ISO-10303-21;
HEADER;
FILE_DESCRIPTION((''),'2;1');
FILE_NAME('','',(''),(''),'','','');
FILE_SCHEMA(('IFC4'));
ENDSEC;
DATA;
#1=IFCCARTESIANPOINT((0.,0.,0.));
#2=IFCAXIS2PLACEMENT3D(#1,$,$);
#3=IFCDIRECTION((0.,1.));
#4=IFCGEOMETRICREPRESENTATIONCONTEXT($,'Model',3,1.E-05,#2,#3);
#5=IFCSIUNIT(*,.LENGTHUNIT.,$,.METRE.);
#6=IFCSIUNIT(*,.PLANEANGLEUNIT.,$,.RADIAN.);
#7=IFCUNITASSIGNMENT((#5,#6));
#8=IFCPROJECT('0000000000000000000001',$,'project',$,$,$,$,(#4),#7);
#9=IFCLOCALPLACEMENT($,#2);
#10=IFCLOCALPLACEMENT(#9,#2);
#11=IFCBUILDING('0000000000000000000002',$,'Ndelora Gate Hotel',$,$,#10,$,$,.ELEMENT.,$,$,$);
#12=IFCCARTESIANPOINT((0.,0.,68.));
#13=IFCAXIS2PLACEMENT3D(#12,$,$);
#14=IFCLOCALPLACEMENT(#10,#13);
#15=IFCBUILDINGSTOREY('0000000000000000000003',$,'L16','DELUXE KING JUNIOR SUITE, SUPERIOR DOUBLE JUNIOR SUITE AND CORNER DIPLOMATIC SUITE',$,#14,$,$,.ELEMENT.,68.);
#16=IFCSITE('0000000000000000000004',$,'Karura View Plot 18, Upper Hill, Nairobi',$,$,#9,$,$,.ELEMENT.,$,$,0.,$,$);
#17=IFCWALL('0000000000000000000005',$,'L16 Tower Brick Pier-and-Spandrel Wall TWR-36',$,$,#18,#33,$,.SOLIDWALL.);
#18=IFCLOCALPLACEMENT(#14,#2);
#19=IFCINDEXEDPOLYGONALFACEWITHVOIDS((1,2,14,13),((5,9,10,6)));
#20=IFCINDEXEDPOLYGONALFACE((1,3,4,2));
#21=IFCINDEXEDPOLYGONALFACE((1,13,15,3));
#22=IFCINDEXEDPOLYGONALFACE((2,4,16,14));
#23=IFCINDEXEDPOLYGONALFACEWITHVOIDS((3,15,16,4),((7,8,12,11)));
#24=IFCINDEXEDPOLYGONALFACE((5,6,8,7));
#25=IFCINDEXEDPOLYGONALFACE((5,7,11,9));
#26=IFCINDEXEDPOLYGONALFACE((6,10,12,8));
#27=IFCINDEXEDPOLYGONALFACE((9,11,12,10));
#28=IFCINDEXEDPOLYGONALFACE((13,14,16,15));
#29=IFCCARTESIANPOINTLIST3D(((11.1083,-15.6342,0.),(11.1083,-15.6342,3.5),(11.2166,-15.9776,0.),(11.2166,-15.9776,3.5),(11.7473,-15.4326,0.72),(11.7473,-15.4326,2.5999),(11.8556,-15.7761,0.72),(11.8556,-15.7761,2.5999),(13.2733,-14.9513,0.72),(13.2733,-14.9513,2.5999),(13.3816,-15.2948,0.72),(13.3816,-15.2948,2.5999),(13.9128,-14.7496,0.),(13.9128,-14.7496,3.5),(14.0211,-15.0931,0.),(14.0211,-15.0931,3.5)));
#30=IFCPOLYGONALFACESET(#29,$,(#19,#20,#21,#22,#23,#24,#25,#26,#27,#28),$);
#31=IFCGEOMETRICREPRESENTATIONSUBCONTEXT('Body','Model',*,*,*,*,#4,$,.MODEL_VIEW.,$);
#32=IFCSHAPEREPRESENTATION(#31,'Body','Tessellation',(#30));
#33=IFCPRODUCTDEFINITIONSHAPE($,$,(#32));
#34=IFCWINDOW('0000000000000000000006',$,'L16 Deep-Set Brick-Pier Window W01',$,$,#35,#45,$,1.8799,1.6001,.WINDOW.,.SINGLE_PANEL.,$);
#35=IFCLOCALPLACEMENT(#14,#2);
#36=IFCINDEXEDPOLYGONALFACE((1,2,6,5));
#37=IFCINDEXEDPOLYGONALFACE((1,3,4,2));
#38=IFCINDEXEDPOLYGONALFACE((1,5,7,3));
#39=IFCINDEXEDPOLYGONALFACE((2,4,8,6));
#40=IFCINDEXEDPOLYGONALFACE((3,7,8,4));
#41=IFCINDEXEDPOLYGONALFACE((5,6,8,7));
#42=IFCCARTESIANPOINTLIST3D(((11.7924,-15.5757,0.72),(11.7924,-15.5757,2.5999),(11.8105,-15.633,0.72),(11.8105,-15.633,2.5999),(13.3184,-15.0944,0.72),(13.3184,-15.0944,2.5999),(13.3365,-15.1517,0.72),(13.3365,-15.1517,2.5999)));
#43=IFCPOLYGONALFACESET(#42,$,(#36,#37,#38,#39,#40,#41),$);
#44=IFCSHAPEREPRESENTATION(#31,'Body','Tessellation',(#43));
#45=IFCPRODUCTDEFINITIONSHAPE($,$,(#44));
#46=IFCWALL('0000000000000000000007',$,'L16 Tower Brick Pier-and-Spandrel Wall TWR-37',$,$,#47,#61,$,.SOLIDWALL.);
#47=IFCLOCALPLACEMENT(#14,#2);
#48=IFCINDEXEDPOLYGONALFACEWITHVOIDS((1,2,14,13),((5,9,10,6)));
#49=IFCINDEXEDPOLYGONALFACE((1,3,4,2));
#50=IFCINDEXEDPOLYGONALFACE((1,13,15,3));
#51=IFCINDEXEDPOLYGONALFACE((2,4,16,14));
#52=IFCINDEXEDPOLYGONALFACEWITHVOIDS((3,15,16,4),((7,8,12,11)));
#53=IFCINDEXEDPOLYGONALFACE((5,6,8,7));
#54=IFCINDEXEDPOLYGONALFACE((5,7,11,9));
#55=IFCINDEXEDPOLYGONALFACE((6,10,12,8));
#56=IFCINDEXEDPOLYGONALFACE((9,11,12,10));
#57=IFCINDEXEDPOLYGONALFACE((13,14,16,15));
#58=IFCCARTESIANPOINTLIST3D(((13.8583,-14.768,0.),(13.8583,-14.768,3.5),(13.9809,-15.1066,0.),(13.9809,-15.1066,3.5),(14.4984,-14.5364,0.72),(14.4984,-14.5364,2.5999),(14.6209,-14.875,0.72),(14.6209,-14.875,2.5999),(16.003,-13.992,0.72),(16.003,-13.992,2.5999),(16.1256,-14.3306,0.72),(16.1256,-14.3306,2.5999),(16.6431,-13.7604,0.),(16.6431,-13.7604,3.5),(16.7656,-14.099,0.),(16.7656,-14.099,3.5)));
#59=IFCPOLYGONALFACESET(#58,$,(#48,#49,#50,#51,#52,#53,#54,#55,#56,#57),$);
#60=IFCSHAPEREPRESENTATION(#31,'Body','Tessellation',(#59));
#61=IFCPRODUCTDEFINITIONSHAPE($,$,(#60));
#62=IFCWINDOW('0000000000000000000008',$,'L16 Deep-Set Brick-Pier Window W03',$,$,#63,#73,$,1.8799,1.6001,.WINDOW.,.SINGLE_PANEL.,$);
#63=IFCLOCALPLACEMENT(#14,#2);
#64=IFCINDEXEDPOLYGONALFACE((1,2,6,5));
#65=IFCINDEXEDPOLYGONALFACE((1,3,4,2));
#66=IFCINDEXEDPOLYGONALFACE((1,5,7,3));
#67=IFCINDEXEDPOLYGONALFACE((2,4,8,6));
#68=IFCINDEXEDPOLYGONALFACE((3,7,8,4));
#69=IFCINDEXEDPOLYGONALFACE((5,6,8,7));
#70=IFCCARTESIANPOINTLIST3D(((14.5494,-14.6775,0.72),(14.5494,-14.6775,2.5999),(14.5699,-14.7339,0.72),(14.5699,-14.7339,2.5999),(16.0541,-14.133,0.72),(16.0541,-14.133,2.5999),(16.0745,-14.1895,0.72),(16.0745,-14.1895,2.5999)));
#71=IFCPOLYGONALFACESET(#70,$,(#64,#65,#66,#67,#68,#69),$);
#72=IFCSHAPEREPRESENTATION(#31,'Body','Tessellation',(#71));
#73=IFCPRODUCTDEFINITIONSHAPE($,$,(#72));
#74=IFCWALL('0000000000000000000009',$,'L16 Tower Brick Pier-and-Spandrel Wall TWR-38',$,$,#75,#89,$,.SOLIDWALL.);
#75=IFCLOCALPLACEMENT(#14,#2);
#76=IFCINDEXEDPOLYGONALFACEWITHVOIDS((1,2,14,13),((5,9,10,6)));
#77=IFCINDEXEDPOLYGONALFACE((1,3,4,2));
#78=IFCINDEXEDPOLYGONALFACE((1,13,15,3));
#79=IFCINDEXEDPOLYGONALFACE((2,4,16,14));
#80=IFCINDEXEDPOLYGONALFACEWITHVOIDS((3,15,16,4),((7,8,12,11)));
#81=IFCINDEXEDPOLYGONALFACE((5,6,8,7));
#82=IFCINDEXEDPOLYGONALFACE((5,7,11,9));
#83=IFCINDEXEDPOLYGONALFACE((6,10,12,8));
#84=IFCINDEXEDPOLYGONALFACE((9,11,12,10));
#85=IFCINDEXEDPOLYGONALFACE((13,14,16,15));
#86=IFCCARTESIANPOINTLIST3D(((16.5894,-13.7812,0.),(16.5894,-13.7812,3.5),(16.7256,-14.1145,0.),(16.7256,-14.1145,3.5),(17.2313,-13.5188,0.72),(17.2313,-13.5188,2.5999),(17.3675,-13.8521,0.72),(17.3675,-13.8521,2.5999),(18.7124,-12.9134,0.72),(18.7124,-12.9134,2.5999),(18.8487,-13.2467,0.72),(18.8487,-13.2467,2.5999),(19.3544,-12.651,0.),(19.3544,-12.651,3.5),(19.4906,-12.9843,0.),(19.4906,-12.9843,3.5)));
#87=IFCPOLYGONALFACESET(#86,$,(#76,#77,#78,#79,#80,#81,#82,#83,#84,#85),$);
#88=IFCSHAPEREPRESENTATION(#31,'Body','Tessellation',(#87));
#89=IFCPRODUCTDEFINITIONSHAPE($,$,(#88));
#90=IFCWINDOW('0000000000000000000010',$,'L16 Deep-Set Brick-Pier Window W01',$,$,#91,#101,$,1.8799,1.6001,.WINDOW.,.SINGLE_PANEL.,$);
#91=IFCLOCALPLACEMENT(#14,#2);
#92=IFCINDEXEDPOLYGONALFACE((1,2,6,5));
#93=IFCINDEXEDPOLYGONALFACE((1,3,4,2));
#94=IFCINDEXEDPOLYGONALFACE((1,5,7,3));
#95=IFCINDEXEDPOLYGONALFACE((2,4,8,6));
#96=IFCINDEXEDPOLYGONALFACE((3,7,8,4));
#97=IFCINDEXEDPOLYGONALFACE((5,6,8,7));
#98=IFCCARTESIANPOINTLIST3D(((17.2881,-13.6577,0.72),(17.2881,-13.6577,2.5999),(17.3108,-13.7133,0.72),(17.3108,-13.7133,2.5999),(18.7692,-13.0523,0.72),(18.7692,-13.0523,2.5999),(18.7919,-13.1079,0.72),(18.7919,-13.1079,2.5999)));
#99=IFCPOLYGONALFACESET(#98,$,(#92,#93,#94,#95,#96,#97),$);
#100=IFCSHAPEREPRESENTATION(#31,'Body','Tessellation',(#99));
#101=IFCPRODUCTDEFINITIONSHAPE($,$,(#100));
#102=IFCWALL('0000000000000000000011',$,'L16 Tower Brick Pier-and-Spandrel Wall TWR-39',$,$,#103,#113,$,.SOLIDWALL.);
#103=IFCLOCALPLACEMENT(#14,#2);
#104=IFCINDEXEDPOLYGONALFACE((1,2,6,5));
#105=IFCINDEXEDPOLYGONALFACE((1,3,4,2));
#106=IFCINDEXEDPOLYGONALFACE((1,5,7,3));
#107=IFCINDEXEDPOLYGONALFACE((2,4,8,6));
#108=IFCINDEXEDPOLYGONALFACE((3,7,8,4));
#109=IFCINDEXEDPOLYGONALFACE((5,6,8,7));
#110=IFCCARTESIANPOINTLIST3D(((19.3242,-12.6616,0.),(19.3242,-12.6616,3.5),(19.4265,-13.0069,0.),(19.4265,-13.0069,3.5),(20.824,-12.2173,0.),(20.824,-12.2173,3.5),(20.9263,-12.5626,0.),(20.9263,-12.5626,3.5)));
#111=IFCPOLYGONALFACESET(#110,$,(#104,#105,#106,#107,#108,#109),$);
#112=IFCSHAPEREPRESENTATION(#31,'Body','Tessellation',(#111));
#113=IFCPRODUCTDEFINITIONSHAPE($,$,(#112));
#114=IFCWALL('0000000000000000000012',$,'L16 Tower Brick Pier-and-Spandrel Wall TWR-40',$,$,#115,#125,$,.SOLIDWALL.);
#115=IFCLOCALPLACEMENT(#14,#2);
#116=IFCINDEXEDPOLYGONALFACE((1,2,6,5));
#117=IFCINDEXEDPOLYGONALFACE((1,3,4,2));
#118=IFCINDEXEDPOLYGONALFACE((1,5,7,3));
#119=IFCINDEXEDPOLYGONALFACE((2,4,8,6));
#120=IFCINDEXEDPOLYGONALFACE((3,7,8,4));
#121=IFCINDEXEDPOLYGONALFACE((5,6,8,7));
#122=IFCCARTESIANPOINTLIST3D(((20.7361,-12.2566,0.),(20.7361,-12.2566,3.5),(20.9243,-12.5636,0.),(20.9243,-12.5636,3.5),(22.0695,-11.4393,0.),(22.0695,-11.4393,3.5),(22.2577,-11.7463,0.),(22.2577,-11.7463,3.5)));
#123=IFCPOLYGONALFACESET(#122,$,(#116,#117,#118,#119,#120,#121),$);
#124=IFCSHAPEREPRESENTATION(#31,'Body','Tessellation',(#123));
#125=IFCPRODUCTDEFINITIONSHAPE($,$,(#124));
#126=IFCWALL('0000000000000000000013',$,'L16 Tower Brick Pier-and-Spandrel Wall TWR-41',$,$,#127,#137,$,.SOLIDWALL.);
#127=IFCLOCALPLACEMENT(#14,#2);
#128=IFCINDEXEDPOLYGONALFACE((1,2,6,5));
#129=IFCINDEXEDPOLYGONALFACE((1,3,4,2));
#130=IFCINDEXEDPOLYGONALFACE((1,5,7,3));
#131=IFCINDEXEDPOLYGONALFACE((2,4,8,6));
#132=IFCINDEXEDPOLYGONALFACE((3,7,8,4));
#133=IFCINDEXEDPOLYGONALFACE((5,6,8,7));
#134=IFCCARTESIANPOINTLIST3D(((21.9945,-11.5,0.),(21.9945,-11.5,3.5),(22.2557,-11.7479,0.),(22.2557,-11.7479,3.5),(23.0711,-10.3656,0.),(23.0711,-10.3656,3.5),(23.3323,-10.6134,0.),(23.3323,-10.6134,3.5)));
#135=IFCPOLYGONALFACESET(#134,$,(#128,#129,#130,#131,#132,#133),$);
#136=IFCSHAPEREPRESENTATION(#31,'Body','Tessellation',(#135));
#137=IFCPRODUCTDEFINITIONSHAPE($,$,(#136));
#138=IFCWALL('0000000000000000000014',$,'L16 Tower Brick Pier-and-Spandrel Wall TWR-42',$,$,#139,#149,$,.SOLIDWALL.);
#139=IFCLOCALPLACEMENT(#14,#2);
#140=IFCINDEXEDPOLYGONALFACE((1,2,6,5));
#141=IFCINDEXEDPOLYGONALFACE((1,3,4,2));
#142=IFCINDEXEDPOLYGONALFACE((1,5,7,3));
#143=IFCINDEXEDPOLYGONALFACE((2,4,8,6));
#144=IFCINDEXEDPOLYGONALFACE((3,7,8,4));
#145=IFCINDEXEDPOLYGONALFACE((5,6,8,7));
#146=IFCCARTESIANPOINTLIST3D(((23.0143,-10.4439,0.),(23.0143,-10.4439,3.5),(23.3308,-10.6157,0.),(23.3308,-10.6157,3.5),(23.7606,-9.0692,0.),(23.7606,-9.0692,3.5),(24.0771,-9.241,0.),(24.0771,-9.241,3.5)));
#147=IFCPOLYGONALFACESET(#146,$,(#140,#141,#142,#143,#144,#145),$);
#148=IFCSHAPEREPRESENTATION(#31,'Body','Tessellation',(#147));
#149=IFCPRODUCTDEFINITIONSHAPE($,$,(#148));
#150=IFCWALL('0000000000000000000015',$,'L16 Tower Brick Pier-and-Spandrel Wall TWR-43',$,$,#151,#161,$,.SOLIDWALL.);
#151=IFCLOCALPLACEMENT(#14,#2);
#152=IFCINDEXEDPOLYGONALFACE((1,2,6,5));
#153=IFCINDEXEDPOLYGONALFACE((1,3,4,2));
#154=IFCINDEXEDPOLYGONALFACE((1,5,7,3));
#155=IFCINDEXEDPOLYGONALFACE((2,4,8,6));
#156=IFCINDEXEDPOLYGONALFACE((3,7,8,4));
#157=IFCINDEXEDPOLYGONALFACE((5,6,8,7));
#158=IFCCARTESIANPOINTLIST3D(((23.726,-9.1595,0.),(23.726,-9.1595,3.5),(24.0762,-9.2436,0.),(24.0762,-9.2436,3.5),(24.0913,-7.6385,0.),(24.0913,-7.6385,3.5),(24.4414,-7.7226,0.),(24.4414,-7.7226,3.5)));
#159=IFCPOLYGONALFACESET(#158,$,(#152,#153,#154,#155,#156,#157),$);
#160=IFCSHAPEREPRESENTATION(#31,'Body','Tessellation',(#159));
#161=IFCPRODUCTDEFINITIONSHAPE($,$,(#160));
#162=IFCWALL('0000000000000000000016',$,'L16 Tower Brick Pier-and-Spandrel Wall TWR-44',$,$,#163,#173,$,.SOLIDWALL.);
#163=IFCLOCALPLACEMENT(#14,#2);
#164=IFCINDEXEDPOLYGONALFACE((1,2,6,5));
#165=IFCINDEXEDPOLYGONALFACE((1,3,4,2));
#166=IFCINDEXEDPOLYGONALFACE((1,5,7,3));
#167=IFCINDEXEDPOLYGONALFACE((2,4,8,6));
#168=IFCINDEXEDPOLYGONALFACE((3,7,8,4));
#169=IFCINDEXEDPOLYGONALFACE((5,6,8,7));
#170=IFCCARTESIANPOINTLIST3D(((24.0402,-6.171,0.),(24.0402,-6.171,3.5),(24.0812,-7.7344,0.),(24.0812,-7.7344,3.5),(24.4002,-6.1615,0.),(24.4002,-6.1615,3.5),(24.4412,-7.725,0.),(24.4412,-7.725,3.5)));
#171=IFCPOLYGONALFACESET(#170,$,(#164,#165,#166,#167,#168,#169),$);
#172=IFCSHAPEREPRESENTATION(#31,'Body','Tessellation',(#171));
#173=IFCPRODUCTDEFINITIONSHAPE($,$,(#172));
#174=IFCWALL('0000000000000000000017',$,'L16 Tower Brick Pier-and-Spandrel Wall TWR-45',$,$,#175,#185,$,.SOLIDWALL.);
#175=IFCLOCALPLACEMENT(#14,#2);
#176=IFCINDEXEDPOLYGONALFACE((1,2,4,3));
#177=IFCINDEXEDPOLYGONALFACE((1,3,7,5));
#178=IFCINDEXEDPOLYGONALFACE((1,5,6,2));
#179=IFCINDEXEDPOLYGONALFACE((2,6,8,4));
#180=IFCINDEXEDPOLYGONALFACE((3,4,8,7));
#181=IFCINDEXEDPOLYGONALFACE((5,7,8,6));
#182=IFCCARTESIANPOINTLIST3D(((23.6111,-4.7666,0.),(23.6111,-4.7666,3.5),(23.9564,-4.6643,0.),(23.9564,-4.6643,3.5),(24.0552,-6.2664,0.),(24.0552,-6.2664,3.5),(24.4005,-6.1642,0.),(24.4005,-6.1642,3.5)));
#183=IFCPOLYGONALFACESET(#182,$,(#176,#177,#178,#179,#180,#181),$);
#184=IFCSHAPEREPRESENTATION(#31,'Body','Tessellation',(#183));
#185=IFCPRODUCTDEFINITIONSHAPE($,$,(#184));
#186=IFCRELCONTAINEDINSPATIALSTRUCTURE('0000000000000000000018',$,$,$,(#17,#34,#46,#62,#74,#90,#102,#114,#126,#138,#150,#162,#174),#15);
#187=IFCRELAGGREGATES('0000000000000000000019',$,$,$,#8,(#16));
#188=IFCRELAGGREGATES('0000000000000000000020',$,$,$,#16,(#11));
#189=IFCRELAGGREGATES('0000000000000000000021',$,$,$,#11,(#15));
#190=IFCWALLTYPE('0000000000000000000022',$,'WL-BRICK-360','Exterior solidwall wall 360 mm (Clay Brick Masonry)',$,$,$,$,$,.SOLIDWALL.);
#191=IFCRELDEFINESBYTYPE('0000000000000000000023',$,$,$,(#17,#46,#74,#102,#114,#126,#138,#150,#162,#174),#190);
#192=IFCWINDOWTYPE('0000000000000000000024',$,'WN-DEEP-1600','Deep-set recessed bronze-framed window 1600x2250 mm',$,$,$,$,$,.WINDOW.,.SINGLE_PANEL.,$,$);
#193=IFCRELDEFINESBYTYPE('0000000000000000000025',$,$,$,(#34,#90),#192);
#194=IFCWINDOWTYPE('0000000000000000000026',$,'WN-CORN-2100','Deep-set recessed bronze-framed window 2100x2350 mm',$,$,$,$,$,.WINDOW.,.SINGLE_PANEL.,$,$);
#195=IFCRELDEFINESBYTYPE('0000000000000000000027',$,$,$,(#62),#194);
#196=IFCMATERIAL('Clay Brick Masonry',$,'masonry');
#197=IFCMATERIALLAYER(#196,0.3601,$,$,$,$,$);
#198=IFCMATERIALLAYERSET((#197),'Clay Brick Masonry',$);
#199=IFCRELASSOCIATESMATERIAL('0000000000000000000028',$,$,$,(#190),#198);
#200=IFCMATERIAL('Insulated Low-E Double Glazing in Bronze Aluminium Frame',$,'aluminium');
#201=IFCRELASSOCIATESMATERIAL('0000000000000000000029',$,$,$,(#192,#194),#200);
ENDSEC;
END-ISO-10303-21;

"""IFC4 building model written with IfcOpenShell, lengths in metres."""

from ifc_helpers import new_model, si_unit, direction, frame, frame_2d, origin, place, context, subcontext, project, spatial, rectangle, extrude, material, layer, layer_set, type_object, element, fill, save


model = new_model("IFC4")

# Units and contexts
model_context = context("Model", 3, precision=1e-05, world=origin(), true_north=direction((0.0, 1.0)))
body_context = subcontext(model_context, "Body", "Model", "MODEL_VIEW")
ifc_project = project(units=[si_unit("LENGTHUNIT", "METRE"), si_unit("PLANEANGLEUNIT", "RADIAN")], contexts=[model_context])

# Site, building, storey
site_placement = place(None, origin())
site = spatial("IfcSite", under=ifc_project, at=site_placement, Name="Karura View Plot 18, Upper Hill, Nairobi", CompositionType="ELEMENT", RefElevation=0.0)
building_placement = place(site_placement, origin())
building = spatial("IfcBuilding", under=site, at=building_placement, Name="Ndelora Gate Hotel", CompositionType="ELEMENT")
storey_placement = place(building_placement, frame((0.0, 0.0, 68.0)))
storey = spatial("IfcBuildingStorey", under=building, at=storey_placement, Name="L16", Description="DELUXE KING JUNIOR SUITE, SUPERIOR DOUBLE JUNIOR SUITE AND CORNER DIPLOMATIC SUITE", CompositionType="ELEMENT", Elevation=68.0)

# Walls, openings, windows
ifc_material_1 = material(Name="Clay Brick Masonry", Category="masonry")
ifc_layer_1 = layer(ifc_material_1, 0.3601)
ifc_layer_set_1 = layer_set([ifc_layer_1], Name="Clay Brick Masonry")
wall_type_1 = type_object("IfcWallType", Name="WL-BRICK-360", Description="Exterior solidwall wall 360 mm (Clay Brick Masonry)", PredefinedType="SOLIDWALL", material=ifc_layer_set_1)
wall_1_placement = place(storey_placement, frame((13.9668, -14.9214, 0.0), z_axis=(0.0, 0.0, 1.0), x_axis=(-0.953689, -0.300794, 0.0)))
wall_1 = element("IfcWall", 1, at=wall_1_placement, inside=storey, type_object=wall_type_1, Name="L16 Tower Brick Pier-and-Spandrel Wall TWR-36", PredefinedType="SOLIDWALL", context=body_context, shape_type="SweptSolid", body=[
    extrude(rectangle(XDim=2.9407, YDim=0.3601, at=frame_2d((1.4702, 0.0))), origin(), (0.0, 0.0, 1.0), 3.5),
])
opening_1_placement = place(wall_1_placement, frame((0.6704, 0.0, 0.72)))
opening_1 = element("IfcOpeningElement", 2, at=opening_1_placement, cuts=wall_1, PredefinedType="OPENING", context=body_context, shape_type="SweptSolid", body=[
    extrude(rectangle(XDim=1.6001, YDim=1.8799, at=frame_2d((0.8, 0.9399))), frame((0.0, 0.1899, 0.0), z_axis=(0.0, -1.0, 0.0), x_axis=(1.0, 0.0, 0.0)), (0.0, 0.0, 1.0), 0.3801),
])
ifc_material_2 = material(Name="Insulated Low-E Double Glazing in Bronze Aluminium Frame", Category="aluminium")
window_type_1 = type_object("IfcWindowType", Name="WN-DEEP-1600", Description="Deep-set recessed bronze-framed window 1600x2250 mm", PartitioningType="SINGLE_PANEL", PredefinedType="WINDOW", material=ifc_material_2)
window_1_placement = place(opening_1_placement, origin())
window_1 = element("IfcWindow", 3, at=window_1_placement, inside=storey, type_object=window_type_1, Name="L16 Deep-Set Brick-Pier Window W01", OverallHeight=1.8799, OverallWidth=1.6001, PartitioningType="SINGLE_PANEL", PredefinedType="WINDOW", context=body_context, shape_type="SweptSolid", body=[
    extrude(rectangle(XDim=1.6001, YDim=1.8799, at=frame_2d((0.8, 0.9399))), frame((0.0, 0.03, 0.0), z_axis=(0.0, -1.0, 0.0), x_axis=(1.0, 0.0, 0.0)), (0.0, 0.0, 1.0), 0.0601),
])
fill(opening_1, window_1)
wall_2_placement = place(storey_placement, frame((16.7043, -13.9297, 0.0), z_axis=(0.0, 0.0, 1.0), x_axis=(-0.940339, -0.34024, 0.0)))
wall_2 = element("IfcWall", 4, at=wall_2_placement, inside=storey, type_object=wall_type_1, Name="L16 Tower Brick Pier-and-Spandrel Wall TWR-37", PredefinedType="SOLIDWALL", context=body_context, shape_type="SweptSolid", body=[
    extrude(rectangle(XDim=2.9614, YDim=0.3601, at=frame_2d((1.4807, 0.0))), origin(), (0.0, 0.0, 1.0), 3.5),
])
opening_2_placement = place(wall_2_placement, frame((0.6807, 0.0, 0.72)))
opening_2 = element("IfcOpeningElement", 5, at=opening_2_placement, cuts=wall_2, PredefinedType="OPENING", context=body_context, shape_type="SweptSolid", body=[
    extrude(rectangle(XDim=1.6001, YDim=1.8799, at=frame_2d((0.8, 0.9399))), frame((0.0, 0.1899, 0.0), z_axis=(0.0, -1.0, 0.0), x_axis=(1.0, 0.0, 0.0)), (0.0, 0.0, 1.0), 0.3801),
])
window_type_2 = type_object("IfcWindowType", Name="WN-CORN-2100", Description="Deep-set recessed bronze-framed window 2100x2350 mm", PartitioningType="SINGLE_PANEL", PredefinedType="WINDOW", material=ifc_material_2)
window_2_placement = place(opening_2_placement, origin())
window_2 = element("IfcWindow", 6, at=window_2_placement, inside=storey, type_object=window_type_2, Name="L16 Deep-Set Brick-Pier Window W03", OverallHeight=1.8799, OverallWidth=1.6001, PartitioningType="SINGLE_PANEL", PredefinedType="WINDOW", context=body_context, shape_type="SweptSolid", body=[
    extrude(rectangle(XDim=1.6001, YDim=1.8799, at=frame_2d((0.8, 0.9399))), frame((0.0, 0.03, 0.0), z_axis=(0.0, -1.0, 0.0), x_axis=(1.0, 0.0, 0.0)), (0.0, 0.0, 1.0), 0.0601),
])
fill(opening_2, window_2)
wall_3_placement = place(storey_placement, frame((19.4226, -12.8176, 0.0), z_axis=(0.0, 0.0, 1.0), x_axis=(-0.92566, -0.378356, 0.0)))
wall_3 = element("IfcWall", 7, at=wall_3_placement, inside=storey, type_object=wall_type_1, Name="L16 Tower Brick Pier-and-Spandrel Wall TWR-38", PredefinedType="SOLIDWALL", context=body_context, shape_type="SweptSolid", body=[
    extrude(rectangle(XDim=2.9871, YDim=0.3601, at=frame_2d((1.4937, 0.0))), origin(), (0.0, 0.0, 1.0), 3.5),
])
opening_3_placement = place(wall_3_placement, frame((0.6936, 0.0, 0.72)))
opening_3 = element("IfcOpeningElement", 8, at=opening_3_placement, cuts=wall_3, PredefinedType="OPENING", context=body_context, shape_type="SweptSolid", body=[
    extrude(rectangle(XDim=1.6001, YDim=1.8799, at=frame_2d((0.8, 0.9399))), frame((0.0, 0.1899, 0.0), z_axis=(0.0, -1.0, 0.0), x_axis=(1.0, 0.0, 0.0)), (0.0, 0.0, 1.0), 0.3801),
])
window_3_placement = place(opening_3_placement, origin())
window_3 = element("IfcWindow", 9, at=window_3_placement, inside=storey, type_object=window_type_1, Name="L16 Deep-Set Brick-Pier Window W01", OverallHeight=1.8799, OverallWidth=1.6001, PartitioningType="SINGLE_PANEL", PredefinedType="WINDOW", context=body_context, shape_type="SweptSolid", body=[
    extrude(rectangle(XDim=1.6001, YDim=1.8799, at=frame_2d((0.8, 0.9399))), frame((0.0, 0.03, 0.0), z_axis=(0.0, -1.0, 0.0), x_axis=(1.0, 0.0, 0.0)), (0.0, 0.0, 1.0), 0.0601),
])
fill(opening_3, window_3)

# Walls
wall_4_placement = place(storey_placement, frame((20.8752, -12.3899, 0.0), z_axis=(0.0, 0.0, 1.0), x_axis=(-0.958804, -0.284067, 0.0)))
element("IfcWall", 10, at=wall_4_placement, inside=storey, type_object=wall_type_1, Name="L16 Tower Brick Pier-and-Spandrel Wall TWR-39", PredefinedType="SOLIDWALL", context=body_context, shape_type="SweptSolid", body=[
    extrude(rectangle(XDim=1.5642, YDim=0.3601, at=frame_2d((0.7822, 0.0))), origin(), (0.0, 0.0, 1.0), 3.5),
])
for number, where, z_axis, x_axis, name in (
    (11, (22.1636, -11.5928, 0.0), (0.0, 0.0, 1.0), (-0.852579, -0.522599, 0.0), "L16 Tower Brick Pier-and-Spandrel Wall TWR-40"),
    (12, (23.2017, -10.4895, 0.0), (0.0, 0.0, 1.0), (-0.688368, -0.725362, 0.0), "L16 Tower Brick Pier-and-Spandrel Wall TWR-41"),
):
    element("IfcWall", number, at=place(storey_placement, frame(where, z_axis=z_axis, x_axis=x_axis)), inside=storey, type_object=wall_type_1, Name=name, PredefinedType="SOLIDWALL", context=body_context, shape_type="SweptSolid", body=[
        extrude(rectangle(XDim=1.564, YDim=0.3601, at=frame_2d((0.782, 0.0))), origin(), (0.0, 0.0, 1.0), 3.5),
    ])
for number, where, z_axis, x_axis, name in (
    (13, (23.9189, -9.155, 0.0), (0.0, 0.0, 1.0), (-0.477113, -0.878842, 0.0), "L16 Tower Brick Pier-and-Spandrel Wall TWR-42"),
    (14, (24.2664, -7.6804, 0.0), (0.0, 0.0, 1.0), (-0.233491, -0.972359, 0.0), "L16 Tower Brick Pier-and-Spandrel Wall TWR-43"),
):
    element("IfcWall", number, at=place(storey_placement, frame(where, z_axis=z_axis, x_axis=x_axis)), inside=storey, type_object=wall_type_1, Name=name, PredefinedType="SOLIDWALL", context=body_context, shape_type="SweptSolid", body=[
        extrude(rectangle(XDim=1.5642, YDim=0.3601, at=frame_2d((0.7822, 0.0))), origin(), (0.0, 0.0, 1.0), 3.5),
    ])
wall_5_placement = place(storey_placement, frame((24.2202, -6.1663, 0.0), z_axis=(0.0, 0.0, 1.0), x_axis=(0.026225, -0.999656, 0.0)))
element("IfcWall", 15, at=wall_5_placement, inside=storey, type_object=wall_type_1, Name="L16 Tower Brick Pier-and-Spandrel Wall TWR-44", PredefinedType="SOLIDWALL", context=body_context, shape_type="SweptSolid", body=[
    extrude(rectangle(XDim=1.564, YDim=0.3601, at=frame_2d((0.782, 0.0))), origin(), (0.0, 0.0, 1.0), 3.5),
])
for number, where, z_axis, x_axis, name in (
    (16, (23.7837, -4.7153, 0.0), (0.0, 0.0, 1.0), (0.283924, -0.958847, 0.0), "L16 Tower Brick Pier-and-Spandrel Wall TWR-45"),
):
    element("IfcWall", number, at=place(storey_placement, frame(where, z_axis=z_axis, x_axis=x_axis)), inside=storey, type_object=wall_type_1, Name=name, PredefinedType="SOLIDWALL", context=body_context, shape_type="SweptSolid", body=[
        extrude(rectangle(XDim=1.5642, YDim=0.3601, at=frame_2d((0.7822, 0.0))), origin(), (0.0, 0.0, 1.0), 3.5),
    ])

save(model, "model.ifc")
